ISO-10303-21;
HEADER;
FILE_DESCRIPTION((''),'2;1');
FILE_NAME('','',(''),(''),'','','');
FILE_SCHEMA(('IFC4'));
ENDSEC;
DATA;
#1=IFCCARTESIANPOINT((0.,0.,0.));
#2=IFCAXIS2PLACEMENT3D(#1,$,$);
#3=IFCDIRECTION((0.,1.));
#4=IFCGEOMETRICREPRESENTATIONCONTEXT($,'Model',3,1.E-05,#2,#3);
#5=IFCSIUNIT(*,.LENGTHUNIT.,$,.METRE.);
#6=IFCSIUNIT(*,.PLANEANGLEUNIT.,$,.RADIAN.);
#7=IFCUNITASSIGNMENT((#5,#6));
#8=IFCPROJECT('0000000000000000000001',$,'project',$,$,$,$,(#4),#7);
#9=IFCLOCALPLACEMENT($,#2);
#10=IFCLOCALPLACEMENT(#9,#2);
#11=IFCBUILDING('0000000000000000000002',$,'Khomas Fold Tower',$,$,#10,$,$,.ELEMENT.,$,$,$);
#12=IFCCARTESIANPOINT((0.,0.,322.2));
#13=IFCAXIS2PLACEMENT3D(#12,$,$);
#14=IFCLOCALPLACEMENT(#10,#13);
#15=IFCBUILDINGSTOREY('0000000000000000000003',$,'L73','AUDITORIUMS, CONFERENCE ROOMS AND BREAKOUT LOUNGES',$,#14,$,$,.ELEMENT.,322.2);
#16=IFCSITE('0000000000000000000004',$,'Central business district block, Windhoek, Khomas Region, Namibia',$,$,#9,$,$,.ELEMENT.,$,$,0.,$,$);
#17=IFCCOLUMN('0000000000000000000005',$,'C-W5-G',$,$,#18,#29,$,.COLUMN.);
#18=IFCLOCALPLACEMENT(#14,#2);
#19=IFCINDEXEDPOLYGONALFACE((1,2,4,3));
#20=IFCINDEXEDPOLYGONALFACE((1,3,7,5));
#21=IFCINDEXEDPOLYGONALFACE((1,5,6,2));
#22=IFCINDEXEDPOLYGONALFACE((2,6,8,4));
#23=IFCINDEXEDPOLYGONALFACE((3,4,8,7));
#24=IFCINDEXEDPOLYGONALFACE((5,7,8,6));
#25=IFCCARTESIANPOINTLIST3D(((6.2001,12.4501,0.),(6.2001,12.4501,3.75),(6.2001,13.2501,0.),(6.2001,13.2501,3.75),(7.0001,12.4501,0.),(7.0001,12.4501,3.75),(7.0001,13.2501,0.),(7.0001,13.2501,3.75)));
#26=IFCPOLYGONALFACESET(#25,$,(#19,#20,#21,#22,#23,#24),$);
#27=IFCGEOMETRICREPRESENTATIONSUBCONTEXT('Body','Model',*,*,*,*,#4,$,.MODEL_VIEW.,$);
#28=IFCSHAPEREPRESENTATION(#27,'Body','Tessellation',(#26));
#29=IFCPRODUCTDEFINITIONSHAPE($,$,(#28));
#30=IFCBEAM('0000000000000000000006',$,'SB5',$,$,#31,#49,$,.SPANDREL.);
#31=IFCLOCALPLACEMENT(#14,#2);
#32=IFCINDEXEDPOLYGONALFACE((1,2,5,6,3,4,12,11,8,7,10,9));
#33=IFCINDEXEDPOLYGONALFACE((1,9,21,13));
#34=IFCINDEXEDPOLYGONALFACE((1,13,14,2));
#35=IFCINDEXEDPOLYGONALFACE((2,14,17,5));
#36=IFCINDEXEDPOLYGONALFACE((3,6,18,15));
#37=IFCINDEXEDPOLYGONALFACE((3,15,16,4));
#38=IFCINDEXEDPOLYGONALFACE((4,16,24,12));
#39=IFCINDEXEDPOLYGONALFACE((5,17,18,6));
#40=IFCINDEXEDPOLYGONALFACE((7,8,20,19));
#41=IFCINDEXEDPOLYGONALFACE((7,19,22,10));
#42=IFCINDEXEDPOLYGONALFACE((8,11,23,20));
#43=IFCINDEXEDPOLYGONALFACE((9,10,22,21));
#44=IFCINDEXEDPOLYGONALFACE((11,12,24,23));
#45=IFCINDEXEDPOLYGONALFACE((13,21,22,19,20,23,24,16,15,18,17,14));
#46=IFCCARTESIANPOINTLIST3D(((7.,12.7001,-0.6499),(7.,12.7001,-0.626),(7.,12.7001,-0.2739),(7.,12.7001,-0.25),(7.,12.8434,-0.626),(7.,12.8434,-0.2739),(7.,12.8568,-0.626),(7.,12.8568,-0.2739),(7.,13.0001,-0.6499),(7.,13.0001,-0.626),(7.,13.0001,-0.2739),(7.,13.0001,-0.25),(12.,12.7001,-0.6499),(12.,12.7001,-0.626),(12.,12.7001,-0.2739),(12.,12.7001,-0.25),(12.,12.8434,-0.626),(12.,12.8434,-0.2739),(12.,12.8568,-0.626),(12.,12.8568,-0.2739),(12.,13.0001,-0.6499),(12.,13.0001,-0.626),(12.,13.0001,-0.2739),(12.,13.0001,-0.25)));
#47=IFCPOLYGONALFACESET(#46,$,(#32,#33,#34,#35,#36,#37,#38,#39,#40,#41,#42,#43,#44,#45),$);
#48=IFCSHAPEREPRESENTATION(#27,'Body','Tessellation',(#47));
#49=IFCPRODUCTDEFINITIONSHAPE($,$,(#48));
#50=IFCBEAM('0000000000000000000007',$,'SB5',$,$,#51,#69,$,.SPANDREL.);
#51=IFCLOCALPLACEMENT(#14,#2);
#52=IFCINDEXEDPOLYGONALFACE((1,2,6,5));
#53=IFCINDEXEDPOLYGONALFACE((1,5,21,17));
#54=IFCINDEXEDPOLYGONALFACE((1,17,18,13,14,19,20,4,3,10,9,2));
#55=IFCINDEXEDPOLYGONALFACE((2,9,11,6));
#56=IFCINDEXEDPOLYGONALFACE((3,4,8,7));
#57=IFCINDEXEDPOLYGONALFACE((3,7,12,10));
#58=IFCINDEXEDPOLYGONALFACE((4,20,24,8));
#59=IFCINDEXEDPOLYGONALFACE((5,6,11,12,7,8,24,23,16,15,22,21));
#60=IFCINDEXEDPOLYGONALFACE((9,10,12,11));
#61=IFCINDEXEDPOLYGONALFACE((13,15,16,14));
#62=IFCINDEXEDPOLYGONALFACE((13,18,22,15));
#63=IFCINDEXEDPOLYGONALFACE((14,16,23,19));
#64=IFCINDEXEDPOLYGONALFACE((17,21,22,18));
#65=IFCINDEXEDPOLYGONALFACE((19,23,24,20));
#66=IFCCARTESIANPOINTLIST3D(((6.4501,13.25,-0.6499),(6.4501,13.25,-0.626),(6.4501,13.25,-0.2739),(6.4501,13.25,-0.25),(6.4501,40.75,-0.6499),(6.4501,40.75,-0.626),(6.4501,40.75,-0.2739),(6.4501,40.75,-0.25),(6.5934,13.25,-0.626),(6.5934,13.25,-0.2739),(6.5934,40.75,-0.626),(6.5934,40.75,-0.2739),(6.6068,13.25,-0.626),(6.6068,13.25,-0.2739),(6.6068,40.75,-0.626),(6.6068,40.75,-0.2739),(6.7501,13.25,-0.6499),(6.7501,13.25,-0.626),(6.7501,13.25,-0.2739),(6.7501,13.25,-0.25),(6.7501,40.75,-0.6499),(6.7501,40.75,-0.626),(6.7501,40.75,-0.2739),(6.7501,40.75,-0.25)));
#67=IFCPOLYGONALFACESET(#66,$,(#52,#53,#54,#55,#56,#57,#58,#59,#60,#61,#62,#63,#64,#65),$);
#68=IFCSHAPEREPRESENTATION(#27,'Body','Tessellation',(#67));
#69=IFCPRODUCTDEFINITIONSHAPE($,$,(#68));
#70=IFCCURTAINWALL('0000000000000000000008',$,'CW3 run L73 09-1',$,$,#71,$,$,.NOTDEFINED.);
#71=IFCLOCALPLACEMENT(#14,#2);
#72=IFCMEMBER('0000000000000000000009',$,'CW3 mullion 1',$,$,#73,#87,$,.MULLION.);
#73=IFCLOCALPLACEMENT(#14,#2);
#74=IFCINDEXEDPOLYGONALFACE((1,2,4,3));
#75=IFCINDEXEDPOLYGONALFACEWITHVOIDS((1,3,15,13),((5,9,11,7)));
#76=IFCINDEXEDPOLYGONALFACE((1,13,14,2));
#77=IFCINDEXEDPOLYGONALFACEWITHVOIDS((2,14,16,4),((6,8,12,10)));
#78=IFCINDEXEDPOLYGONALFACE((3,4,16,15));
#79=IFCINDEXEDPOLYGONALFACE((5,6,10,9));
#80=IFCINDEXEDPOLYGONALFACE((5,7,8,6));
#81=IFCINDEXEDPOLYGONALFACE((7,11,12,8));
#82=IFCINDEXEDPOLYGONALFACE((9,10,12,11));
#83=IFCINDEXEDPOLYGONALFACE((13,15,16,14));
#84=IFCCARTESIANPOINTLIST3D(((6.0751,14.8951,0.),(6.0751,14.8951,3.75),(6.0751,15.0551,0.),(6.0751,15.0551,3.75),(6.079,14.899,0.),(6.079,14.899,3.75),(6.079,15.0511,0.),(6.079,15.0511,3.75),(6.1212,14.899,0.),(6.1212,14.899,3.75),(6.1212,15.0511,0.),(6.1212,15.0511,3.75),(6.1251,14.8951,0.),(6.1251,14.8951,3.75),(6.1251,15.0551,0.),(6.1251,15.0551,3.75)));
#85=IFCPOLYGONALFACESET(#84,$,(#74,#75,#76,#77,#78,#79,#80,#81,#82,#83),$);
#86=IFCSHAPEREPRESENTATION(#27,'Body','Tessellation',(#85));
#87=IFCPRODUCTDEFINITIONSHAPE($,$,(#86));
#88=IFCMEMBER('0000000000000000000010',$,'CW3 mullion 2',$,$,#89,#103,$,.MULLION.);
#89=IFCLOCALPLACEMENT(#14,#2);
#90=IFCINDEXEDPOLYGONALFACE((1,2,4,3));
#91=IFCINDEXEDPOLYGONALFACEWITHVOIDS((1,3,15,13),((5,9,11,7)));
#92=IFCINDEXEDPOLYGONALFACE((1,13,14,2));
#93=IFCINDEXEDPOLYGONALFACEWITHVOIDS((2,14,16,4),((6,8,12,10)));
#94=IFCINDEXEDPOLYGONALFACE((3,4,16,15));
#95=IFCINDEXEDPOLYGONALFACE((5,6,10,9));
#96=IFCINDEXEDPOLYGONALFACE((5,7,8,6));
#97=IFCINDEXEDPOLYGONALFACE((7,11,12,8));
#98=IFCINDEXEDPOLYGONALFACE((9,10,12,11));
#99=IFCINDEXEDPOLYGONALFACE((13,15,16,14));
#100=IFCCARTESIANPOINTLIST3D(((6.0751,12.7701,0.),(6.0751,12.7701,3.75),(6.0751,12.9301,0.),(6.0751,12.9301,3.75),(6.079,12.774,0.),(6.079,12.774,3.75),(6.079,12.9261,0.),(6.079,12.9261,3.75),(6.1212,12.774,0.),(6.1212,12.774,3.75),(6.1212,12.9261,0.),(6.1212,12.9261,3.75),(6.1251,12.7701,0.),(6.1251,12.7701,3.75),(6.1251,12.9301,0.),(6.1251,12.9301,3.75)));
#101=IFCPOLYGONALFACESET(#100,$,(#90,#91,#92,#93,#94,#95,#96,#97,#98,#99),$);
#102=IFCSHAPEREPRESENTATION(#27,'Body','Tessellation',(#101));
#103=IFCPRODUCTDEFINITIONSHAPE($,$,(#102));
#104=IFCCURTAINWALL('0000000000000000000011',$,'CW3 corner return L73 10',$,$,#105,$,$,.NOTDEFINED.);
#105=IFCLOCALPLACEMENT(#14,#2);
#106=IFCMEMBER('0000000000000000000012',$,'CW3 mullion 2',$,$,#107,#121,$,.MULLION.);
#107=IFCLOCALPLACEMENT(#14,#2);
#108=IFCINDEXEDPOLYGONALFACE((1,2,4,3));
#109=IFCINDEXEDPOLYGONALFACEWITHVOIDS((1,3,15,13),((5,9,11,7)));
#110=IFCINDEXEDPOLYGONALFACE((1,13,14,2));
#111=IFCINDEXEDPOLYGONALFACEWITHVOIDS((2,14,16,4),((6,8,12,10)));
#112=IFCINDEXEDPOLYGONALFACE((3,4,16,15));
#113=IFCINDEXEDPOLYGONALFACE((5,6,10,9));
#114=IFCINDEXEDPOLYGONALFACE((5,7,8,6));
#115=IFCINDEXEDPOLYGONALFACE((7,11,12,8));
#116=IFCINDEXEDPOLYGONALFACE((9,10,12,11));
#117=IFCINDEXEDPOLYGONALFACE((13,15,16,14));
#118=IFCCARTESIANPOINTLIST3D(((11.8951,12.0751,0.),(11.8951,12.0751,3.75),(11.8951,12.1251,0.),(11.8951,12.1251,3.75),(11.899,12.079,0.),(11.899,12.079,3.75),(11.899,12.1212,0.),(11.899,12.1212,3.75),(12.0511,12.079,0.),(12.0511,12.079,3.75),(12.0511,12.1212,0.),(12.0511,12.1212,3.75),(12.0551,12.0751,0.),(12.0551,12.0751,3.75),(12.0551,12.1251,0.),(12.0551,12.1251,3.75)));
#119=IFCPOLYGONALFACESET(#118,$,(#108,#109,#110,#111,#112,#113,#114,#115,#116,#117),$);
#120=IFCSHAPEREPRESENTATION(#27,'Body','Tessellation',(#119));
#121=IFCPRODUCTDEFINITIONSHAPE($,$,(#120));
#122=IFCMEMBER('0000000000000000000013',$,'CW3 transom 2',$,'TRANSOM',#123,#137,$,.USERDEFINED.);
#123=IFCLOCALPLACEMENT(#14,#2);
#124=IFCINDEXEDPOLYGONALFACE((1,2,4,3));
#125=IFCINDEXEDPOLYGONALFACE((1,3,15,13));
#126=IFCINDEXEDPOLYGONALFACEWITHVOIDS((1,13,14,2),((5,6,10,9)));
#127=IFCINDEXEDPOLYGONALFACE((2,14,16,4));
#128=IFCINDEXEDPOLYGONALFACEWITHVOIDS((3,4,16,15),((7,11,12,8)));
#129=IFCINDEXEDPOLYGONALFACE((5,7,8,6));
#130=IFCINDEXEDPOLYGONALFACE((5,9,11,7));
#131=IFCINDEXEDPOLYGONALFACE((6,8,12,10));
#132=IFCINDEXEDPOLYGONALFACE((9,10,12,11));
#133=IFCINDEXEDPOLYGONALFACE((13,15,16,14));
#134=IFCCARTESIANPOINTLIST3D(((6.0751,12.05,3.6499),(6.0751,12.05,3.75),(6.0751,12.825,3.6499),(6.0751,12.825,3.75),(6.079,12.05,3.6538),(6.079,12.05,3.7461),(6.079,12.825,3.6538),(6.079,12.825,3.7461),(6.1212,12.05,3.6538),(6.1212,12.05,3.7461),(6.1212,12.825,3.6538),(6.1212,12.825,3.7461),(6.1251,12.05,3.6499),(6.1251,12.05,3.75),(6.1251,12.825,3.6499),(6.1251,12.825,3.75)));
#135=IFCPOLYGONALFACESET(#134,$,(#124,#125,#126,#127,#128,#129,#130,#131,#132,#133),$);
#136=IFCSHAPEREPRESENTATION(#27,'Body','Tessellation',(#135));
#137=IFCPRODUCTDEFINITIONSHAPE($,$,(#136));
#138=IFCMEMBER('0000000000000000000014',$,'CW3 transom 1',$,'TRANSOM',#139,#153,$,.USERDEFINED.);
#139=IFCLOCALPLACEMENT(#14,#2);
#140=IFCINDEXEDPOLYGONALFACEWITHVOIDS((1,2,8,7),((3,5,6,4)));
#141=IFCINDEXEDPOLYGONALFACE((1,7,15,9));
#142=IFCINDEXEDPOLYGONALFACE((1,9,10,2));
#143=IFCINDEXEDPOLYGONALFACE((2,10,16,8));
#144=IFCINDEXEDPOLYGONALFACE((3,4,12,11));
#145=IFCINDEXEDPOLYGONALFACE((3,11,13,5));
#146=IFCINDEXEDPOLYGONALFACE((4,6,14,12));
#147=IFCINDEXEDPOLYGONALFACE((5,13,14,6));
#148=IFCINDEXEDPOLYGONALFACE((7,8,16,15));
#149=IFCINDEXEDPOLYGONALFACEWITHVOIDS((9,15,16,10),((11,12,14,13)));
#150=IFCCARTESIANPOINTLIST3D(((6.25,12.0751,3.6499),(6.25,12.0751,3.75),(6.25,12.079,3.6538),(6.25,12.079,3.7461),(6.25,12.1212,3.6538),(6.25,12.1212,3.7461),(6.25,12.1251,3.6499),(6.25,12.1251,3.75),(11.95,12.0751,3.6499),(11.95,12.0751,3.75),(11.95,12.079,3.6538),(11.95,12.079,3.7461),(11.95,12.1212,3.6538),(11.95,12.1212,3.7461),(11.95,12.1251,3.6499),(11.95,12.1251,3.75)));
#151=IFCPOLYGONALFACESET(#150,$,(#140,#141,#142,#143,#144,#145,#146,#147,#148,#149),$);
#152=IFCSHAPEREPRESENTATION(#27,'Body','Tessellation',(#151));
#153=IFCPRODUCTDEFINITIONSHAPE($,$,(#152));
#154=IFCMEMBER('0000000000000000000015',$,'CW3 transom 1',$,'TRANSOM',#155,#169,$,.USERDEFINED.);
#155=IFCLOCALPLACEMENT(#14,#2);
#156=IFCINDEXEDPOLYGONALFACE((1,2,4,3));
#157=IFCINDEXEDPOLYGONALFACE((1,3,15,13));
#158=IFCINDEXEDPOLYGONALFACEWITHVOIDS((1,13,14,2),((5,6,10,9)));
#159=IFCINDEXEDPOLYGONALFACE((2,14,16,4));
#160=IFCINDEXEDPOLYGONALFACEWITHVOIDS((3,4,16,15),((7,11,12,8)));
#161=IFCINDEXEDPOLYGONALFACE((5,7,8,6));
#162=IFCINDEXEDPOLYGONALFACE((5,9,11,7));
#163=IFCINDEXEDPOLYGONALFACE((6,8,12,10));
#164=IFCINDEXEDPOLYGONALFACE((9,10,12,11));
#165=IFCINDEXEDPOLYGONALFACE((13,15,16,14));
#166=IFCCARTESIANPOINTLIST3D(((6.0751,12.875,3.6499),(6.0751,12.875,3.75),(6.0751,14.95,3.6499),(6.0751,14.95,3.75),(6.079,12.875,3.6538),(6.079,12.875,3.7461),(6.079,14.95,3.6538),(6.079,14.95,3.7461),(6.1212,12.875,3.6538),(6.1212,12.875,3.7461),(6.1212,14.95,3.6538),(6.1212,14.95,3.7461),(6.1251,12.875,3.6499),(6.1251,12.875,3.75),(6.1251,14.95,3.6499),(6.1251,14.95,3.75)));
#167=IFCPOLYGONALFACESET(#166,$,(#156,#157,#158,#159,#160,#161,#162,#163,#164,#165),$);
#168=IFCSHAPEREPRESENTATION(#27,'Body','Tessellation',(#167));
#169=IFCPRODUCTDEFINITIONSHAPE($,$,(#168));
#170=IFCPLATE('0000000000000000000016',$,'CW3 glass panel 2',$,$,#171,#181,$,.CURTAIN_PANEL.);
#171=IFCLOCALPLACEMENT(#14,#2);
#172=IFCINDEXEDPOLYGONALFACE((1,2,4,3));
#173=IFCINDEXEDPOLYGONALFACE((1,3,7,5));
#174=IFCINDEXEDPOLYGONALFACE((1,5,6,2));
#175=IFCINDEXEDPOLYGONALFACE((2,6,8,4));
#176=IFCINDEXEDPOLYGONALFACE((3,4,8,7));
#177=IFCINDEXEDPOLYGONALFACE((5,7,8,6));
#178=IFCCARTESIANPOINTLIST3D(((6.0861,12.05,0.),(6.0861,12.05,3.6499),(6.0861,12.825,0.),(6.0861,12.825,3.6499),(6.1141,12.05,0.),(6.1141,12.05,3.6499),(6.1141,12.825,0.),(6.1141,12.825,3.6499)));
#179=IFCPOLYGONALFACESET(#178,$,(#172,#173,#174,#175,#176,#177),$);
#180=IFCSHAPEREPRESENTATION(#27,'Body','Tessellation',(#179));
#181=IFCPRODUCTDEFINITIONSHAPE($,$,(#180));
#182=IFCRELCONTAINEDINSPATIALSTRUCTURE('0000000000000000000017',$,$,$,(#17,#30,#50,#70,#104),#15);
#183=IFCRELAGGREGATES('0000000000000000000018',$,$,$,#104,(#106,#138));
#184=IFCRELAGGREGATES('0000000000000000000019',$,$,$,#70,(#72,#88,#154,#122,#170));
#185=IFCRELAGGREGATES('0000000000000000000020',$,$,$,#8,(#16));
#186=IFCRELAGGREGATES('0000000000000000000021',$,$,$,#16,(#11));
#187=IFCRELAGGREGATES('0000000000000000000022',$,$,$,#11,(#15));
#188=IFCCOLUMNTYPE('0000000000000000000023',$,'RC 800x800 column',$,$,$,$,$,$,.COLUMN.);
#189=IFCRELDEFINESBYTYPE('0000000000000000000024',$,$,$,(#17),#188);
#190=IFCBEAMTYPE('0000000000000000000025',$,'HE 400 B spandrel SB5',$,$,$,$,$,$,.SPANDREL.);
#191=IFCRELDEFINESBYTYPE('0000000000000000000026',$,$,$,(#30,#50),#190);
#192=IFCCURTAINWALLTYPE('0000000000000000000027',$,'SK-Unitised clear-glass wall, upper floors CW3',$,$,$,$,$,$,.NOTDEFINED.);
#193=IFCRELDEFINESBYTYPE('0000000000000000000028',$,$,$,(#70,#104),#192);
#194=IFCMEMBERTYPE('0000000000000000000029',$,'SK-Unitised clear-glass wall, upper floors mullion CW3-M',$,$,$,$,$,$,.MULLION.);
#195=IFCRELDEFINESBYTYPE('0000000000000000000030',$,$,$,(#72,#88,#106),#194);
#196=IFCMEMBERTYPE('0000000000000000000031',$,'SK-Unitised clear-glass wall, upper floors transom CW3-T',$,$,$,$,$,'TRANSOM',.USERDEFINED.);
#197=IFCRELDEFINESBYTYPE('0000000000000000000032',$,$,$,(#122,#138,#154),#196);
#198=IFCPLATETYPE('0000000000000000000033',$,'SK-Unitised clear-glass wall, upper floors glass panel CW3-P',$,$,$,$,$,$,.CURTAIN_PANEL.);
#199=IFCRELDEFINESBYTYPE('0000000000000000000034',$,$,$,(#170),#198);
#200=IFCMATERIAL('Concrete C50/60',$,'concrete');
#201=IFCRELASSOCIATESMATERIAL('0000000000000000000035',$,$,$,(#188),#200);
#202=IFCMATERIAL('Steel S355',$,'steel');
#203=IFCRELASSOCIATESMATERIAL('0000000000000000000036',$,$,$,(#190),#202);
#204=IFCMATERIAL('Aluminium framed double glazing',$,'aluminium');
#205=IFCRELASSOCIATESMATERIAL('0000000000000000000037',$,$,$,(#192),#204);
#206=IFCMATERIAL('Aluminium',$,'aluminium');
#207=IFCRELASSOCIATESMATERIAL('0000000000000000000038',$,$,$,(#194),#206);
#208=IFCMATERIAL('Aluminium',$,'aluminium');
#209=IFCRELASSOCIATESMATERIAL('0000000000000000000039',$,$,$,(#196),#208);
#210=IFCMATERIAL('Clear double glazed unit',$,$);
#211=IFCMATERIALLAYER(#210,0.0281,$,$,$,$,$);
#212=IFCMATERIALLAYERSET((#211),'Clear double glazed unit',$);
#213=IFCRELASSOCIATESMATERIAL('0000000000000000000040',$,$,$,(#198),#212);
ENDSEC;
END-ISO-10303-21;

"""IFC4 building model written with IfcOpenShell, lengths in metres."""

from ifc_helpers import new_model, si_unit, direction, frame, origin, origin_2d, place, context, subcontext, project, spatial, rectangle, hollow_rectangle, i_section, extrude, source, transform, mapped, material, layer, layer_set, material_profile, profile_set, type_object, element, aggregate, save


model = new_model("IFC4")

# Units and contexts
model_context = context("Model", 3, precision=1e-05, world=origin(), true_north=direction((0.0, 1.0)))
body_context = subcontext(model_context, "Body", "Model", "MODEL_VIEW")
ifc_project = project(units=[si_unit("LENGTHUNIT", "METRE"), si_unit("PLANEANGLEUNIT", "RADIAN")], contexts=[model_context])

# Site, building, storey
site_placement = place(None, origin())
site = spatial("IfcSite", under=ifc_project, at=site_placement, Name="Central business district block, Windhoek, Khomas Region, Namibia", CompositionType="ELEMENT", RefElevation=0.0)
building_placement = place(site_placement, origin())
building = spatial("IfcBuilding", under=site, at=building_placement, Name="Khomas Fold Tower", CompositionType="ELEMENT")
storey_placement = place(building_placement, frame((0.0, 0.0, 322.2)))
storey = spatial("IfcBuildingStorey", under=building, at=storey_placement, Name="L73", Description="AUDITORIUMS, CONFERENCE ROOMS AND BREAKOUT LOUNGES", CompositionType="ELEMENT", Elevation=322.2)

# Column
ifc_material_1 = material(Name="Concrete C50/60", Category="concrete")
ifc_material_profile_1 = material_profile(ifc_material_1, rectangle(XDim=0.8, YDim=0.8, at=origin_2d()), Name="RC 800x800")
ifc_profile_set_1 = profile_set([ifc_material_profile_1], Name="Concrete C50/60")
column_type = type_object("IfcColumnType", Name="RC 800x800 column", PredefinedType="COLUMN", material=ifc_profile_set_1)
shared_shape_1 = source(origin(), body_context, "Body", "SweptSolid", [
    extrude(rectangle(XDim=0.8, YDim=0.8, at=origin_2d()), origin(), (0.0, 0.0, 1.0), 3.75),
])
column_placement = place(storey_placement, frame((6.6001, 12.8501, 0.0), z_axis=(0.0, 0.0, 1.0), x_axis=(1.0, 0.0, 0.0)))
element("IfcColumn", 1, at=column_placement, inside=storey, type_object=column_type, Name="C-W5-G", PredefinedType="COLUMN", context=body_context, shape_type="MappedRepresentation", body=[
    mapped(shared_shape_1, transform((0.0, 0.0, 0.0))),
])

# Beams
ifc_material_2 = material(Name="Steel S355", Category="steel")
ifc_material_profile_2 = material_profile(ifc_material_2, i_section(OverallWidth=0.3, OverallDepth=0.3999, WebThickness=0.0134, FlangeThickness=0.0239, at=origin_2d()), Name="HE 400 B")
ifc_profile_set_2 = profile_set([ifc_material_profile_2], Name="Steel S355")
beam_type = type_object("IfcBeamType", Name="HE 400 B spandrel SB5", PredefinedType="SPANDREL", material=ifc_profile_set_2)
shared_shape_2 = source(origin(), body_context, "Body", "SweptSolid", [
    extrude(i_section(OverallWidth=0.3, OverallDepth=0.3999, WebThickness=0.0134, FlangeThickness=0.0239, at=origin_2d()), origin(), (0.0, 0.0, 1.0), 5.0),
])
beam_1_placement = place(storey_placement, frame((7.0, 12.8501, -0.45), z_axis=(1.0, 0.0, 0.0), x_axis=(0.0, 1.0, 0.0)))
element("IfcBeam", 2, at=beam_1_placement, inside=storey, type_object=beam_type, Name="SB5", PredefinedType="SPANDREL", context=body_context, shape_type="MappedRepresentation", body=[
    mapped(shared_shape_2, transform((0.0, 0.0, 0.0))),
])
shared_shape_3 = source(origin(), body_context, "Body", "SweptSolid", [
    extrude(i_section(OverallWidth=0.3, OverallDepth=0.3999, WebThickness=0.0134, FlangeThickness=0.0239, at=origin_2d()), origin(), (0.0, 0.0, 1.0), 27.5),
])
beam_2_placement = place(storey_placement, frame((6.6001, 13.25, -0.45), z_axis=(0.0, 1.0, 0.0), x_axis=(-1.0, 0.0, 0.0)))
element("IfcBeam", 3, at=beam_2_placement, inside=storey, type_object=beam_type, Name="SB5", PredefinedType="SPANDREL", context=body_context, shape_type="MappedRepresentation", body=[
    mapped(shared_shape_3, transform((0.0, 0.0, 0.0))),
])

# Curtain wall, members
ifc_material_3 = material(Name="Aluminium framed double glazing", Category="aluminium")
curtain_wall_type = type_object("IfcCurtainWallType", Name="SK-Unitised clear-glass wall, upper floors CW3", PredefinedType="NOTDEFINED", material=ifc_material_3)
curtain_wall_1_placement = place(storey_placement, origin())
curtain_wall_1 = element("IfcCurtainWall", 4, at=curtain_wall_1_placement, inside=storey, type_object=curtain_wall_type, Name="CW3 run L73 09-1", PredefinedType="NOTDEFINED")
ifc_material_4 = material(Name="Aluminium", Category="aluminium")
ifc_material_profile_3 = material_profile(ifc_material_4, hollow_rectangle(XDim=0.05, YDim=0.1599, WallThickness=0.0039, at=origin_2d()), Name="SK-Unitised clear-glass wall, upper floors mullion CW3-M")
ifc_profile_set_3 = profile_set([ifc_material_profile_3], Name="Aluminium")
member_type_1 = type_object("IfcMemberType", Name="SK-Unitised clear-glass wall, upper floors mullion CW3-M", PredefinedType="MULLION", material=ifc_profile_set_3)
shared_shape_4 = source(origin(), body_context, "Body", "SweptSolid", [
    extrude(hollow_rectangle(XDim=0.05, YDim=0.1599, WallThickness=0.0039, at=origin_2d()), origin(), (0.0, 0.0, 1.0), 3.75),
])
member_1_placement = place(storey_placement, frame((6.1001, 14.9751, 0.0), z_axis=(0.0, 0.0, 1.0), x_axis=(1.0, 0.0, 0.0)))
member_1 = element("IfcMember", 5, at=member_1_placement, type_object=member_type_1, Name="CW3 mullion 1", PredefinedType="MULLION", context=body_context, shape_type="MappedRepresentation", body=[
    mapped(shared_shape_4, transform((0.0, 0.0, 0.0))),
])
member_2_placement = place(storey_placement, frame((6.1001, 12.8501, 0.0), z_axis=(0.0, 0.0, 1.0), x_axis=(1.0, 0.0, 0.0)))
member_2 = element("IfcMember", 6, at=member_2_placement, type_object=member_type_1, Name="CW3 mullion 2", PredefinedType="MULLION", context=body_context, shape_type="MappedRepresentation", body=[
    mapped(shared_shape_4, transform((0.0, 0.0, 0.0))),
])

# Curtain wall, member
curtain_wall_2_placement = place(storey_placement, origin())
curtain_wall_2 = element("IfcCurtainWall", 7, at=curtain_wall_2_placement, inside=storey, type_object=curtain_wall_type, Name="CW3 corner return L73 10", PredefinedType="NOTDEFINED")
member_3_placement = place(storey_placement, frame((11.9751, 12.1001, 0.0), z_axis=(0.0, 0.0, 1.0), x_axis=(0.0, 1.0, 0.0)))
member_3 = element("IfcMember", 8, at=member_3_placement, type_object=member_type_1, Name="CW3 mullion 2", PredefinedType="MULLION", context=body_context, shape_type="MappedRepresentation", body=[
    mapped(shared_shape_4, transform((0.0, 0.0, 0.0))),
])

# Members
ifc_material_5 = material(Name="Aluminium", Category="aluminium")
ifc_material_profile_4 = material_profile(ifc_material_5, hollow_rectangle(XDim=0.05, YDim=0.1001, WallThickness=0.0039, at=origin_2d()), Name="SK-Unitised clear-glass wall, upper floors transom CW3-T")
ifc_profile_set_4 = profile_set([ifc_material_profile_4], Name="Aluminium")
member_type_2 = type_object("IfcMemberType", Name="SK-Unitised clear-glass wall, upper floors transom CW3-T", ElementType="TRANSOM", PredefinedType="USERDEFINED", material=ifc_profile_set_4)
shared_shape_5 = source(origin(), body_context, "Body", "SweptSolid", [
    extrude(hollow_rectangle(XDim=0.05, YDim=0.1001, WallThickness=0.0039, at=origin_2d()), origin(), (0.0, 0.0, 1.0), 0.7749),
])
member_4_placement = place(storey_placement, frame((6.1001, 12.825, 3.7), z_axis=(0.0, -1.0, 0.0), x_axis=(1.0, 0.0, 0.0)))
member_4 = element("IfcMember", 9, at=member_4_placement, type_object=member_type_2, Name="CW3 transom 2", ObjectType="TRANSOM", PredefinedType="USERDEFINED", context=body_context, shape_type="MappedRepresentation", body=[
    mapped(shared_shape_5, transform((0.0, 0.0, 0.0))),
])
shared_shape_6 = source(origin(), body_context, "Body", "SweptSolid", [
    extrude(hollow_rectangle(XDim=0.05, YDim=0.1001, WallThickness=0.0039, at=origin_2d()), origin(), (0.0, 0.0, 1.0), 5.7),
])
member_5_placement = place(storey_placement, frame((6.25, 12.1001, 3.7), z_axis=(1.0, 0.0, 0.0), x_axis=(0.0, 1.0, 0.0)))
member_5 = element("IfcMember", 10, at=member_5_placement, type_object=member_type_2, Name="CW3 transom 1", ObjectType="TRANSOM", PredefinedType="USERDEFINED", context=body_context, shape_type="MappedRepresentation", body=[
    mapped(shared_shape_6, transform((0.0, 0.0, 0.0))),
])
shared_shape_7 = source(origin(), body_context, "Body", "SweptSolid", [
    extrude(hollow_rectangle(XDim=0.05, YDim=0.1001, WallThickness=0.0039, at=origin_2d()), origin(), (0.0, 0.0, 1.0), 2.075),
])
member_6_placement = place(storey_placement, frame((6.1001, 14.95, 3.7), z_axis=(0.0, -1.0, 0.0), x_axis=(1.0, 0.0, 0.0)))
member_6 = element("IfcMember", 11, at=member_6_placement, type_object=member_type_2, Name="CW3 transom 1", ObjectType="TRANSOM", PredefinedType="USERDEFINED", context=body_context, shape_type="MappedRepresentation", body=[
    mapped(shared_shape_7, transform((0.0, 0.0, 0.0))),
])

# Plate
ifc_material_6 = material(Name="Clear double glazed unit")
ifc_layer_1 = layer(ifc_material_6, 0.0281)
ifc_layer_set_1 = layer_set([ifc_layer_1], Name="Clear double glazed unit")
plate_type = type_object("IfcPlateType", Name="SK-Unitised clear-glass wall, upper floors glass panel CW3-P", PredefinedType="CURTAIN_PANEL", material=ifc_layer_set_1)
shared_shape_8 = source(origin(), body_context, "Body", "SweptSolid", [
    extrude(rectangle(XDim=0.7749, YDim=0.0281, at=origin_2d()), origin(), (0.0, 0.0, 1.0), 3.6499),
])
plate_1_placement = place(storey_placement, frame((6.1001, 12.4375, 0.0), z_axis=(0.0, 0.0, 1.0), x_axis=(0.0, -1.0, 0.0)))
plate_1 = element("IfcPlate", 12, at=plate_1_placement, type_object=plate_type, Name="CW3 glass panel 2", PredefinedType="CURTAIN_PANEL", context=body_context, shape_type="MappedRepresentation", body=[
    mapped(shared_shape_8, transform((0.0, 0.0, 0.0))),
])
aggregate(curtain_wall_2, [member_3, member_5])
aggregate(curtain_wall_1, [member_1, member_2, member_6, member_4, plate_1])

save(model, "model.ifc")
